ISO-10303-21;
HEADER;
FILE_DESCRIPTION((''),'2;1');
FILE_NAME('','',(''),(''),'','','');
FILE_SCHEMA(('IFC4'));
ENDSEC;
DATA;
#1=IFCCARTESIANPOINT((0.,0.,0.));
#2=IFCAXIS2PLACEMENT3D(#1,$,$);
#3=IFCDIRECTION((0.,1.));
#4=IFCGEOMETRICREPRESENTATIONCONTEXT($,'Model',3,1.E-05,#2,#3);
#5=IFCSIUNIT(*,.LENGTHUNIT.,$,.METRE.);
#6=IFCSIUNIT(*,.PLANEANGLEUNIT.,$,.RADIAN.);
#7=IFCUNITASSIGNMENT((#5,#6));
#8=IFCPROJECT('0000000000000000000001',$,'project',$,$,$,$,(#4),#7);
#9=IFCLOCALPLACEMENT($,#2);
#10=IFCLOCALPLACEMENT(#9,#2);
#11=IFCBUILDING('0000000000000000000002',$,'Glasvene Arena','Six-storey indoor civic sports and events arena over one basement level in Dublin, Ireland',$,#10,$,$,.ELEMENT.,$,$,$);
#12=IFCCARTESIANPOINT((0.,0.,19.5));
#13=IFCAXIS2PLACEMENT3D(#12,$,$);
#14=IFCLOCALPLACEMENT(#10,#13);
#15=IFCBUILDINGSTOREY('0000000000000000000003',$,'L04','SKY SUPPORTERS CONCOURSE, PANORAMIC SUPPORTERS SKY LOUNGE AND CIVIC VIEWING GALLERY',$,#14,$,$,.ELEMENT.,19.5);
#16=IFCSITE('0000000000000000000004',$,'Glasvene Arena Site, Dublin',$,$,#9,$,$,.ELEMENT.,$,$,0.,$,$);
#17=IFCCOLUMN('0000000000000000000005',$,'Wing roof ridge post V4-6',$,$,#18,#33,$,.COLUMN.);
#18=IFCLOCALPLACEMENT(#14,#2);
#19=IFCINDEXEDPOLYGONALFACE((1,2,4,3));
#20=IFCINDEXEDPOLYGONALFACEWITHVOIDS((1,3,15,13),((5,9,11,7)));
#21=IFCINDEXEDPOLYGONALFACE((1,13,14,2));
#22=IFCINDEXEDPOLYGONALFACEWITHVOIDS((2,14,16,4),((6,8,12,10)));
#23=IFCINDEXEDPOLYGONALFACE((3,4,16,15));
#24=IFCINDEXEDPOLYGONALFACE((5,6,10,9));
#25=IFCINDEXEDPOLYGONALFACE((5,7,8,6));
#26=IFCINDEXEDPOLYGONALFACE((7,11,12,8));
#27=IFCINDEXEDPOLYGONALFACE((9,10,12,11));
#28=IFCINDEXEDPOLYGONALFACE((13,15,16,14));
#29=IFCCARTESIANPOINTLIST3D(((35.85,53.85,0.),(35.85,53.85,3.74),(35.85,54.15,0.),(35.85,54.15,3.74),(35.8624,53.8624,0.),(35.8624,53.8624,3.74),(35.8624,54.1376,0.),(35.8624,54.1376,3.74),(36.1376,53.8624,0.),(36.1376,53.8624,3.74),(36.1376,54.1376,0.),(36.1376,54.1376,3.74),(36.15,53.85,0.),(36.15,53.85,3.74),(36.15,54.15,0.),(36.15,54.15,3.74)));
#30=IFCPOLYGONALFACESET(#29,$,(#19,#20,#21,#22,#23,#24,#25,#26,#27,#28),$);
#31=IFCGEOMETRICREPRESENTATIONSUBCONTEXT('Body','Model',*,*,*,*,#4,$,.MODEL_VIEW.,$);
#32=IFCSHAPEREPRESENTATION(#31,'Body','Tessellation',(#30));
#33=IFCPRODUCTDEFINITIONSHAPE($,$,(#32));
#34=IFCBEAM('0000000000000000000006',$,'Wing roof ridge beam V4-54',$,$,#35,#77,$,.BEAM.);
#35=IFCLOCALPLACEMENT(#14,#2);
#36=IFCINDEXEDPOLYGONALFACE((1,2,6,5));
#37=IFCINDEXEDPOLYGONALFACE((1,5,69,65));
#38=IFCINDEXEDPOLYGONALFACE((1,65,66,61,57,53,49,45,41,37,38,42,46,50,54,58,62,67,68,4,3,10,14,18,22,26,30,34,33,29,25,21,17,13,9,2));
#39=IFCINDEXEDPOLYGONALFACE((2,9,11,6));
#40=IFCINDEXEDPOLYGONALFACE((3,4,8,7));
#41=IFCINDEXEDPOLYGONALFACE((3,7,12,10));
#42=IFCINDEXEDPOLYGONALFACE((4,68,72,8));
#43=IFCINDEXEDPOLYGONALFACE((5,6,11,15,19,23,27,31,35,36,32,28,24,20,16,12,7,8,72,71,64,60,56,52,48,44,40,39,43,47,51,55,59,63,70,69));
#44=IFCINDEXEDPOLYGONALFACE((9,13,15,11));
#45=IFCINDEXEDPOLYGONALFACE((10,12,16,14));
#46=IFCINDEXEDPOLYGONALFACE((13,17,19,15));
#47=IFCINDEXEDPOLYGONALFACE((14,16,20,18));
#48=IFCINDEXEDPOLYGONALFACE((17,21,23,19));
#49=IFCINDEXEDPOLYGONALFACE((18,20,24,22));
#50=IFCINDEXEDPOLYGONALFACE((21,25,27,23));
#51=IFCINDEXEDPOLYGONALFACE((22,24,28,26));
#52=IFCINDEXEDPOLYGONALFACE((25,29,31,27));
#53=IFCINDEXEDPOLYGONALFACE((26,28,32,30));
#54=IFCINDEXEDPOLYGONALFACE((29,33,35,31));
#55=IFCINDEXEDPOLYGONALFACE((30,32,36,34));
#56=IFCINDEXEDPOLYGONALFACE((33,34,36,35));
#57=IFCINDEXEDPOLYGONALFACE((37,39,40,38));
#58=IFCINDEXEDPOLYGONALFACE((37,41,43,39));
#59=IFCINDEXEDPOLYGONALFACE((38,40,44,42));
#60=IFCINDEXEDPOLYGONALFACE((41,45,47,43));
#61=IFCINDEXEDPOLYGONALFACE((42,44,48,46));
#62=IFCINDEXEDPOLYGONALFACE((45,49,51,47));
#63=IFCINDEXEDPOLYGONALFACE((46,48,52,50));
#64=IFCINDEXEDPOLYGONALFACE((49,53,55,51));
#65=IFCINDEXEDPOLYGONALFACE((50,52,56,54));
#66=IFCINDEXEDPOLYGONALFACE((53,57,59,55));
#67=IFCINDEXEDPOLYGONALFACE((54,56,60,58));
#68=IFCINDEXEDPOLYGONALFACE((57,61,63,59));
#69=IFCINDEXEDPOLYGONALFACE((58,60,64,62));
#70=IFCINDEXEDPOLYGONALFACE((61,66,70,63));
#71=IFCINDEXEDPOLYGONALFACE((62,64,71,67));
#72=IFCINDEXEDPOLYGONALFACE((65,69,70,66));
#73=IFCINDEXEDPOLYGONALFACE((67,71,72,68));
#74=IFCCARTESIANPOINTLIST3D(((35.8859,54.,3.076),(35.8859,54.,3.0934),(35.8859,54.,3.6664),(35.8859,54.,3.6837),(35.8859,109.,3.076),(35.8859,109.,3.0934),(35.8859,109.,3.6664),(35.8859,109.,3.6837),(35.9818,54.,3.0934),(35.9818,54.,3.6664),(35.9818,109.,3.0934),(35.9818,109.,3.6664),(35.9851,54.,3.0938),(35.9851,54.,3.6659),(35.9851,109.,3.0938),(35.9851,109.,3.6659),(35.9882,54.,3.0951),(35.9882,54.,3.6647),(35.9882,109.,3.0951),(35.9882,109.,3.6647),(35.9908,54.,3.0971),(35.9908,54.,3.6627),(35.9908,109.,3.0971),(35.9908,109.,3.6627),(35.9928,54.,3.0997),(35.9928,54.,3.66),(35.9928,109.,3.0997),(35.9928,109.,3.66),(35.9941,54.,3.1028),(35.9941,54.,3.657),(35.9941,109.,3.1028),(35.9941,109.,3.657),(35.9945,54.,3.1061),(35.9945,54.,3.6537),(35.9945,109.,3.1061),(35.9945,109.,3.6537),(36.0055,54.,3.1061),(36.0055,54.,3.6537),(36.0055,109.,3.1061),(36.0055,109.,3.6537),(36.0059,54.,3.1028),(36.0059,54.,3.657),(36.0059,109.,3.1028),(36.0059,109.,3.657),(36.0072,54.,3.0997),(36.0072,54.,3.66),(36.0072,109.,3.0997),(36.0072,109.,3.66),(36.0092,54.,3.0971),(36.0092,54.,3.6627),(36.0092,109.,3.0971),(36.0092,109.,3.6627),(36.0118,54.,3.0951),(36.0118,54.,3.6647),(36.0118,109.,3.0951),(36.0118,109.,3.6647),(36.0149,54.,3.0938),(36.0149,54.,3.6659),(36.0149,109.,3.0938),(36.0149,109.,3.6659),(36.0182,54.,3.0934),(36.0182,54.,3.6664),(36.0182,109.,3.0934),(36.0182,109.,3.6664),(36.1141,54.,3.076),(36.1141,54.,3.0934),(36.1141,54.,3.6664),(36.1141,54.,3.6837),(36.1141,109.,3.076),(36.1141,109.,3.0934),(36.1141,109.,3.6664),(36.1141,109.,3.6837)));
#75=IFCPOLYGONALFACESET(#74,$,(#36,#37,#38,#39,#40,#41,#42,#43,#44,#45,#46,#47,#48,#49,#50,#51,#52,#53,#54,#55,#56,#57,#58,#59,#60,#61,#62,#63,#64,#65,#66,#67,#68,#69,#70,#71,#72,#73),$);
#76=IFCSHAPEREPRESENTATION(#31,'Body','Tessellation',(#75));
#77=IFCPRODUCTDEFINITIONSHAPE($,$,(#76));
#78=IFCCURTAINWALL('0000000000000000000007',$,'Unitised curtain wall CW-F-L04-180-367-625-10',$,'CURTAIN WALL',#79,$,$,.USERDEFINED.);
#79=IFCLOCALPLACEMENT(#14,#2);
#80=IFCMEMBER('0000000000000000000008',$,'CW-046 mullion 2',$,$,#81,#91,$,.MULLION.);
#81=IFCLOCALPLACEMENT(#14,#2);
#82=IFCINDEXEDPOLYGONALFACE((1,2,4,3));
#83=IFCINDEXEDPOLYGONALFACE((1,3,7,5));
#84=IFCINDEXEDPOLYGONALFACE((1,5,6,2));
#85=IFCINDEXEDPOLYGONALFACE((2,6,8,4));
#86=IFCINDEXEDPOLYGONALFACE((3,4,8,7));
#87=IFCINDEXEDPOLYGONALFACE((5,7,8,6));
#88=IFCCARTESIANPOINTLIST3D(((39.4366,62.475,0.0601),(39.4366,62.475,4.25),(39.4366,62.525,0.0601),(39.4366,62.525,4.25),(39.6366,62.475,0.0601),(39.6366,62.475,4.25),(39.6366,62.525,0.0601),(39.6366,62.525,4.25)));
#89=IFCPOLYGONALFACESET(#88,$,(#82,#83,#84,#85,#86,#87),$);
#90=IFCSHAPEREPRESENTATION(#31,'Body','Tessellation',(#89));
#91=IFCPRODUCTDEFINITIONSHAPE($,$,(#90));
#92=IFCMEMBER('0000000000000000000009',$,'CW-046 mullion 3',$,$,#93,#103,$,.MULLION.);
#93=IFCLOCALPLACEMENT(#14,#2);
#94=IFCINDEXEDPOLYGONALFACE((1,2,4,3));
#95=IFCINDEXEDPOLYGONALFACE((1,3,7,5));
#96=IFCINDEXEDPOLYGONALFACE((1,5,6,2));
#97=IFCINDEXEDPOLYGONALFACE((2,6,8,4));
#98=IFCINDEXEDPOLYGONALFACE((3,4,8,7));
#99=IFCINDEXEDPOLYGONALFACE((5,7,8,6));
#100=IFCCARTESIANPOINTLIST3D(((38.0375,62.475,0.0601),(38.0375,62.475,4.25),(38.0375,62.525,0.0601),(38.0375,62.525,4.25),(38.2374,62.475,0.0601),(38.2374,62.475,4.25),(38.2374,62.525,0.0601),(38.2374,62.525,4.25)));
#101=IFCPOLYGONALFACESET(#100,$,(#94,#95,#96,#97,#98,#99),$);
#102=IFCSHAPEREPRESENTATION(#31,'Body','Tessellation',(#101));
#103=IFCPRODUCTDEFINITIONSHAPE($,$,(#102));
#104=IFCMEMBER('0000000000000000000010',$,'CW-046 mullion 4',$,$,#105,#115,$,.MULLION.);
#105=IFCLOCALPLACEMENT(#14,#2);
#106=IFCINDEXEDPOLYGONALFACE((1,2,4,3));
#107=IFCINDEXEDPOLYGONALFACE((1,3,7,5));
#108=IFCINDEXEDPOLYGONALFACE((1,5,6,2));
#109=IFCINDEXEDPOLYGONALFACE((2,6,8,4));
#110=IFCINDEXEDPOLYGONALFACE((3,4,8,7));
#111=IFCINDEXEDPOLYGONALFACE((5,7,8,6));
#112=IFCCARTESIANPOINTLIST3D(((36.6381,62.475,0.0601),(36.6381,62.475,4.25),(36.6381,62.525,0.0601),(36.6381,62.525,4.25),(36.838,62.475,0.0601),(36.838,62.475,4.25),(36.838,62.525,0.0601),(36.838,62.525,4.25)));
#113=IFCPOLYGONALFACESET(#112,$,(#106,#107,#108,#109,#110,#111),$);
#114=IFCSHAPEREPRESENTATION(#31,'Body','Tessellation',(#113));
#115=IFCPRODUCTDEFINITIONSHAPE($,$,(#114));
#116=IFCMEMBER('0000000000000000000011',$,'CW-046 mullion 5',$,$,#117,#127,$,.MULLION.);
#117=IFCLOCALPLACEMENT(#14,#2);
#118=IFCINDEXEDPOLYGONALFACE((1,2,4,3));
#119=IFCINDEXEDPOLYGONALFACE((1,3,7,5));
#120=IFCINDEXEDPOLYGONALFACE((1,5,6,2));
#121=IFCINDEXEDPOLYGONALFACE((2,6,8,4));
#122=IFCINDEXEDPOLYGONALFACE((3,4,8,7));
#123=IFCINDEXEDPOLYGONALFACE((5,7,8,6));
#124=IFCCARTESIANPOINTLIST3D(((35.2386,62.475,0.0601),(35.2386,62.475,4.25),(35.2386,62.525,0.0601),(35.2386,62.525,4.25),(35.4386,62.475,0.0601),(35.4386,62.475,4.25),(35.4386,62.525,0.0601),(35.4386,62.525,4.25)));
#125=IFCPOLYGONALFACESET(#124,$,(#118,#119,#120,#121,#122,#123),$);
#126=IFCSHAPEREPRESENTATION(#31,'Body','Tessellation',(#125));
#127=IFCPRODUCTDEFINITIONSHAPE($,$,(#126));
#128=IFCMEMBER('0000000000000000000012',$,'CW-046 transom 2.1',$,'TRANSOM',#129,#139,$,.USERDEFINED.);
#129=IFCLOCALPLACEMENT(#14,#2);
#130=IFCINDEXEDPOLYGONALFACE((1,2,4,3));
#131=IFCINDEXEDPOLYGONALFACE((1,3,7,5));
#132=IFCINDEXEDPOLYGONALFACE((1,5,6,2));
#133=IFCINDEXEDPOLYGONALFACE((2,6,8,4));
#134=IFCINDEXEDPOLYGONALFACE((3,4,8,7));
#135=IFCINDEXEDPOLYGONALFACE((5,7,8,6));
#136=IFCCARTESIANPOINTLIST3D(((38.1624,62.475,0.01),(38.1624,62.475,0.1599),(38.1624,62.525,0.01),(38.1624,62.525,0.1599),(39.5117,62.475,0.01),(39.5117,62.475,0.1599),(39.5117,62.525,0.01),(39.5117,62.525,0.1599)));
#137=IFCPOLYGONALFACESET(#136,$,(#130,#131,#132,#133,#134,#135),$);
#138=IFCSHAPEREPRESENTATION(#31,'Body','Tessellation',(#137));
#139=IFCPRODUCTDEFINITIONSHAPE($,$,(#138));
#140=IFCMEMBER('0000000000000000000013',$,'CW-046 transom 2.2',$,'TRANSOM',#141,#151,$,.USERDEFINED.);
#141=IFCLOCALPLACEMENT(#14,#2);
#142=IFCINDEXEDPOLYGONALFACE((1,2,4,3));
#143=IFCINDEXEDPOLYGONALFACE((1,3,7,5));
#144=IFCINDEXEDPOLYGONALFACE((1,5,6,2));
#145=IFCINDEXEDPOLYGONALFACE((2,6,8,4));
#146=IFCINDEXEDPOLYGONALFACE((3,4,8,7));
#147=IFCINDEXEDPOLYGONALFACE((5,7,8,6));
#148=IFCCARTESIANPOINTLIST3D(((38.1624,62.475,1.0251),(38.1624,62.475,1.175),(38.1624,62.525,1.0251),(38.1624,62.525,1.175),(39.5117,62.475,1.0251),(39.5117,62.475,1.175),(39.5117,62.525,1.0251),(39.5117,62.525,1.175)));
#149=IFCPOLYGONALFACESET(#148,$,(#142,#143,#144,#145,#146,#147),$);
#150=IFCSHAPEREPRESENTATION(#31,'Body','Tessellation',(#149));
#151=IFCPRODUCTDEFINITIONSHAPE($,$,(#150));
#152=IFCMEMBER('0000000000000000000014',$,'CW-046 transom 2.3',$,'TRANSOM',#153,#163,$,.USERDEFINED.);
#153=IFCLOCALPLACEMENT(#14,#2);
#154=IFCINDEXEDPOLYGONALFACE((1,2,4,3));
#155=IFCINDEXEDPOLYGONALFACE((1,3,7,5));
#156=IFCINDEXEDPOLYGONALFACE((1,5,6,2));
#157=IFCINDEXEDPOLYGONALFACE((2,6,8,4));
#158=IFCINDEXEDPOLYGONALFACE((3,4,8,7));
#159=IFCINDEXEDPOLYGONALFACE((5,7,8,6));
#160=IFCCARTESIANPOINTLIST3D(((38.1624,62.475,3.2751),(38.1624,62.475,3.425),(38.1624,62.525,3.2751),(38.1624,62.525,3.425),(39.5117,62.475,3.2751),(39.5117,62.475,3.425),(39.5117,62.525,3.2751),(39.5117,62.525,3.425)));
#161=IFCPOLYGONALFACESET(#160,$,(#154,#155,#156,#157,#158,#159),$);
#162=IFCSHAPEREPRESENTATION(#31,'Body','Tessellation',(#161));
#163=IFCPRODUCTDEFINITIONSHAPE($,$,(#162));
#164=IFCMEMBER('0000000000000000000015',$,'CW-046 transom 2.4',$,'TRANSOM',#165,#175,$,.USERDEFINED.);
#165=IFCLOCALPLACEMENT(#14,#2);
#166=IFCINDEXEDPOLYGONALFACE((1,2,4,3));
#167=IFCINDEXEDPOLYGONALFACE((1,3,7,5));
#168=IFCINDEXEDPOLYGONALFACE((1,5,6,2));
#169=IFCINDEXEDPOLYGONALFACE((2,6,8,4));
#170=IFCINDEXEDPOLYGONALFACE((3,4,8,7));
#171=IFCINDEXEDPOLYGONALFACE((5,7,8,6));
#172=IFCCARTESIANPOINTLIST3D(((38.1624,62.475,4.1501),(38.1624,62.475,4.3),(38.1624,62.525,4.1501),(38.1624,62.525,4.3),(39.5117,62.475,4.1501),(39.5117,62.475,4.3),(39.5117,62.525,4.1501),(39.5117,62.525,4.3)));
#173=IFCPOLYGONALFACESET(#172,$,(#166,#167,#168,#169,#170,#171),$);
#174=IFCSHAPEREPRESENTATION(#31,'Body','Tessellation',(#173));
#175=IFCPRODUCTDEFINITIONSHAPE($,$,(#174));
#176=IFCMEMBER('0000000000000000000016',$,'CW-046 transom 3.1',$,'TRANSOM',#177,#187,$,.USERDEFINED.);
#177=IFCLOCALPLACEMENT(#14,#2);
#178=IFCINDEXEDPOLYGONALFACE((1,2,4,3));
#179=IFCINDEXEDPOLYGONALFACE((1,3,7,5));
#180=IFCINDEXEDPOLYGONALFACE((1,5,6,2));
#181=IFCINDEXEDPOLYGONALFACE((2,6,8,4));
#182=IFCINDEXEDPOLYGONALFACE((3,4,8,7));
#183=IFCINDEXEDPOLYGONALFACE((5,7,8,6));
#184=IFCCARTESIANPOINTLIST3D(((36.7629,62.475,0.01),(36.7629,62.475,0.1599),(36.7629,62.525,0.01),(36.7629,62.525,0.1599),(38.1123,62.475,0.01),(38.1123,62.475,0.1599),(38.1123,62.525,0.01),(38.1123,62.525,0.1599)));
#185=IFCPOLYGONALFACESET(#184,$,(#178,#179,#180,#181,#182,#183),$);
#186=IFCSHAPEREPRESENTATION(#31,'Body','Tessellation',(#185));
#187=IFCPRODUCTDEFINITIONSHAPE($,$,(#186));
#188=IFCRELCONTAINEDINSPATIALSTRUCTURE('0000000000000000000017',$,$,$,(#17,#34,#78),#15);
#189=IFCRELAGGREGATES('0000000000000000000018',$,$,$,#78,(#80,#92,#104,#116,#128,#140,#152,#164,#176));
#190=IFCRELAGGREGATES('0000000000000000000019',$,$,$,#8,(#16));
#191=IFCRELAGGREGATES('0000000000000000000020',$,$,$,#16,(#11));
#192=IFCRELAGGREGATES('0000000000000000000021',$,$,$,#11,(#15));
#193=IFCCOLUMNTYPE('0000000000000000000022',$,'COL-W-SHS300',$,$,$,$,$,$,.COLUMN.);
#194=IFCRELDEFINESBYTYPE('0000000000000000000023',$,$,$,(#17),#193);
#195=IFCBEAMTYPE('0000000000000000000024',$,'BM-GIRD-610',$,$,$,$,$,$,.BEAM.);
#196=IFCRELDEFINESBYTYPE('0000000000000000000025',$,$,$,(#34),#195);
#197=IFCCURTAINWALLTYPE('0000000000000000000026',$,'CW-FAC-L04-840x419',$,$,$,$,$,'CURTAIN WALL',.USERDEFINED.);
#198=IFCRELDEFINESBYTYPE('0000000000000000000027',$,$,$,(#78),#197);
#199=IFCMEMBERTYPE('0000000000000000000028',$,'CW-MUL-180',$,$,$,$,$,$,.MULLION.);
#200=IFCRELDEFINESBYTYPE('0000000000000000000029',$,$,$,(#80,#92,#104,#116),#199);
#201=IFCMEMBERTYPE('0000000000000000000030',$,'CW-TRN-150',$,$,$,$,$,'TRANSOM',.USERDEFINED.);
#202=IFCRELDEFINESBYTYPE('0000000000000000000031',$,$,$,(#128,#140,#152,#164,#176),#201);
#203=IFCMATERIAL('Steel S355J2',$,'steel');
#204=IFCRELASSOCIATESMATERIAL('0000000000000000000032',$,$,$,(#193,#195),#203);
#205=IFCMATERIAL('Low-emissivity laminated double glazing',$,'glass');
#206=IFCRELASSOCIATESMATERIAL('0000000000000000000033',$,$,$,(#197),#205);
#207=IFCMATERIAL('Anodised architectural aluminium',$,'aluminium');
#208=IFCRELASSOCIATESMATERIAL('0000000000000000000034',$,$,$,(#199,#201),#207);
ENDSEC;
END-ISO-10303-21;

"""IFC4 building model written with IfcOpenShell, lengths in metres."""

from ifc_helpers import new_model, si_unit, direction, frame, origin, origin_2d, place, context, subcontext, project, spatial, rectangle, hollow_rectangle, i_section, extrude, material, material_profile, profile_set, type_object, element, aggregate, save


model = new_model("IFC4")

# Units and contexts
model_context = context("Model", 3, precision=1e-05, world=origin(), true_north=direction((0.0, 1.0)))
body_context = subcontext(model_context, "Body", "Model", "MODEL_VIEW")
ifc_project = project(units=[si_unit("LENGTHUNIT", "METRE"), si_unit("PLANEANGLEUNIT", "RADIAN")], contexts=[model_context])

# Site, building, storey
site_placement = place(None, origin())
site = spatial("IfcSite", under=ifc_project, at=site_placement, Name="Glasvene Arena Site, Dublin", CompositionType="ELEMENT", RefElevation=0.0)
building_placement = place(site_placement, origin())
building = spatial("IfcBuilding", under=site, at=building_placement, Name="Glasvene Arena", Description="Six-storey indoor civic sports and events arena over one basement level in Dublin, Ireland", CompositionType="ELEMENT")
storey_placement = place(building_placement, frame((0.0, 0.0, 19.5)))
storey = spatial("IfcBuildingStorey", under=building, at=storey_placement, Name="L04", Description="SKY SUPPORTERS CONCOURSE, PANORAMIC SUPPORTERS SKY LOUNGE AND CIVIC VIEWING GALLERY", CompositionType="ELEMENT", Elevation=19.5)

# Column
ifc_material_1 = material(Name="Steel S355J2", Category="steel")
ifc_material_profile_1 = material_profile(ifc_material_1, hollow_rectangle(XDim=0.3, YDim=0.3, WallThickness=0.0125, at=origin_2d()), Name="SHS 300x300x12.5")
ifc_profile_set_1 = profile_set([ifc_material_profile_1], Name="Steel S355J2")
column_type = type_object("IfcColumnType", Name="COL-W-SHS300", PredefinedType="COLUMN", material=ifc_profile_set_1)
column_placement = place(storey_placement, frame((36.0, 54.0, 0.0), z_axis=(0.0, 0.0, 1.0), x_axis=(1.0, 0.0, 0.0)))
element("IfcColumn", 1, at=column_placement, inside=storey, type_object=column_type, Name="Wing roof ridge post V4-6", PredefinedType="COLUMN", context=body_context, shape_type="SweptSolid", body=[
    extrude(hollow_rectangle(XDim=0.3, YDim=0.3, WallThickness=0.0125, at=origin_2d()), origin(), (0.0, 0.0, 1.0), 3.74),
])

# Beam
ifc_material_profile_2 = material_profile(ifc_material_1, i_section(OverallWidth=0.2283, OverallDepth=0.6077, WebThickness=0.011, FlangeThickness=0.0173, FilletRadius=0.0127, at=origin_2d()), Name="UKB 610x229x113")
ifc_profile_set_2 = profile_set([ifc_material_profile_2], Name="Steel S355J2")
beam_type = type_object("IfcBeamType", Name="BM-GIRD-610", PredefinedType="BEAM", material=ifc_profile_set_2)
beam_placement = place(storey_placement, frame((36.0, 54.0, 3.3799), z_axis=(0.0, 1.0, 0.0), x_axis=(-1.0, 0.0, 0.0)))
element("IfcBeam", 2, at=beam_placement, inside=storey, type_object=beam_type, Name="Wing roof ridge beam V4-54", PredefinedType="BEAM", context=body_context, shape_type="SweptSolid", body=[
    extrude(i_section(OverallWidth=0.2283, OverallDepth=0.6077, WebThickness=0.011, FlangeThickness=0.0173, FilletRadius=0.0127, at=origin_2d()), origin(), (0.0, 0.0, 1.0), 55.0),
])

# Curtain wall, members
ifc_material_2 = material(Name="Low-emissivity laminated double glazing", Category="glass")
curtain_wall_type = type_object("IfcCurtainWallType", Name="CW-FAC-L04-840x419", ElementType="CURTAIN WALL", PredefinedType="USERDEFINED", material=ifc_material_2)
curtain_wall_placement = place(storey_placement, frame((40.936, 62.5, 0.0)))
curtain_wall = element("IfcCurtainWall", 3, at=curtain_wall_placement, inside=storey, type_object=curtain_wall_type, Name="Unitised curtain wall CW-F-L04-180-367-625-10", ObjectType="CURTAIN WALL", PredefinedType="USERDEFINED")
ifc_material_3 = material(Name="Anodised architectural aluminium", Category="aluminium")
ifc_material_profile_3 = material_profile(ifc_material_3, rectangle(XDim=0.05, YDim=0.2, at=origin_2d()), Name="ALU MULLION 50x200")
ifc_profile_set_3 = profile_set([ifc_material_profile_3], Name="Anodised architectural aluminium")
member_type_1 = type_object("IfcMemberType", Name="CW-MUL-180", PredefinedType="MULLION", material=ifc_profile_set_3)
member_1_placement = place(storey_placement, frame((39.5366, 62.5, 0.0601), z_axis=(0.0, 0.0, 1.0), x_axis=(0.0, -1.0, 0.0)))
member_1 = element("IfcMember", 4, at=member_1_placement, type_object=member_type_1, Name="CW-046 mullion 2", PredefinedType="MULLION", context=body_context, shape_type="SweptSolid", body=[
    extrude(rectangle(XDim=0.05, YDim=0.2, at=origin_2d()), origin(), (0.0, 0.0, 1.0), 4.1899),
])
member_2_placement = place(storey_placement, frame((38.1375, 62.5, 0.0601), z_axis=(0.0, 0.0, 1.0), x_axis=(0.0, -1.0, 0.0)))
member_2 = element("IfcMember", 5, at=member_2_placement, type_object=member_type_1, Name="CW-046 mullion 3", PredefinedType="MULLION", context=body_context, shape_type="SweptSolid", body=[
    extrude(rectangle(XDim=0.05, YDim=0.2, at=origin_2d()), origin(), (0.0, 0.0, 1.0), 4.1899),
])
member_3_placement = place(storey_placement, frame((36.738, 62.5, 0.0601), z_axis=(0.0, 0.0, 1.0), x_axis=(0.0, -1.0, 0.0)))
member_3 = element("IfcMember", 6, at=member_3_placement, type_object=member_type_1, Name="CW-046 mullion 4", PredefinedType="MULLION", context=body_context, shape_type="SweptSolid", body=[
    extrude(rectangle(XDim=0.05, YDim=0.2, at=origin_2d()), origin(), (0.0, 0.0, 1.0), 4.1899),
])
member_4_placement = place(storey_placement, frame((35.3386, 62.5, 0.0601), z_axis=(0.0, 0.0, 1.0), x_axis=(0.0, -1.0, 0.0)))
member_4 = element("IfcMember", 7, at=member_4_placement, type_object=member_type_1, Name="CW-046 mullion 5", PredefinedType="MULLION", context=body_context, shape_type="SweptSolid", body=[
    extrude(rectangle(XDim=0.05, YDim=0.2, at=origin_2d()), origin(), (0.0, 0.0, 1.0), 4.1899),
])
ifc_material_profile_4 = material_profile(ifc_material_3, rectangle(XDim=0.05, YDim=0.1499, at=origin_2d()), Name="ALU TRANSOM 50x150")
ifc_profile_set_4 = profile_set([ifc_material_profile_4], Name="Anodised architectural aluminium")
member_type_2 = type_object("IfcMemberType", Name="CW-TRN-150", ElementType="TRANSOM", PredefinedType="USERDEFINED", material=ifc_profile_set_4)
member_5_placement = place(storey_placement, frame((39.5117, 62.5, 0.085), z_axis=(-1.0, 0.0, 0.0), x_axis=(0.0, -1.0, 0.0)))
member_5 = element("IfcMember", 8, at=member_5_placement, type_object=member_type_2, Name="CW-046 transom 2.1", ObjectType="TRANSOM", PredefinedType="USERDEFINED", context=body_context, shape_type="SweptSolid", body=[
    extrude(rectangle(XDim=0.05, YDim=0.1499, at=origin_2d()), origin(), (0.0, 0.0, 1.0), 1.3494),
])
member_6_placement = place(storey_placement, frame((39.5117, 62.5, 1.1001), z_axis=(-1.0, 0.0, 0.0), x_axis=(0.0, -1.0, 0.0)))
member_6 = element("IfcMember", 9, at=member_6_placement, type_object=member_type_2, Name="CW-046 transom 2.2", ObjectType="TRANSOM", PredefinedType="USERDEFINED", context=body_context, shape_type="SweptSolid", body=[
    extrude(rectangle(XDim=0.05, YDim=0.1499, at=origin_2d()), origin(), (0.0, 0.0, 1.0), 1.3494),
])
member_7_placement = place(storey_placement, frame((39.5117, 62.5, 3.3501), z_axis=(-1.0, 0.0, 0.0), x_axis=(0.0, -1.0, 0.0)))
member_7 = element("IfcMember", 10, at=member_7_placement, type_object=member_type_2, Name="CW-046 transom 2.3", ObjectType="TRANSOM", PredefinedType="USERDEFINED", context=body_context, shape_type="SweptSolid", body=[
    extrude(rectangle(XDim=0.05, YDim=0.1499, at=origin_2d()), origin(), (0.0, 0.0, 1.0), 1.3494),
])
member_8_placement = place(storey_placement, frame((39.5117, 62.5, 4.2251), z_axis=(-1.0, 0.0, 0.0), x_axis=(0.0, -1.0, 0.0)))
member_8 = element("IfcMember", 11, at=member_8_placement, type_object=member_type_2, Name="CW-046 transom 2.4", ObjectType="TRANSOM", PredefinedType="USERDEFINED", context=body_context, shape_type="SweptSolid", body=[
    extrude(rectangle(XDim=0.05, YDim=0.1499, at=origin_2d()), origin(), (0.0, 0.0, 1.0), 1.3494),
])
member_9_placement = place(storey_placement, frame((38.1123, 62.5, 0.085), z_axis=(-1.0, 0.0, 0.0), x_axis=(0.0, -1.0, 0.0)))
member_9 = element("IfcMember", 12, at=member_9_placement, type_object=member_type_2, Name="CW-046 transom 3.1", ObjectType="TRANSOM", PredefinedType="USERDEFINED", context=body_context, shape_type="SweptSolid", body=[
    extrude(rectangle(XDim=0.05, YDim=0.1499, at=origin_2d()), origin(), (0.0, 0.0, 1.0), 1.3494),
])
aggregate(curtain_wall, [member_1, member_2, member_3, member_4, member_5, member_6, member_7, member_8, member_9])

save(model, "model.ifc")
